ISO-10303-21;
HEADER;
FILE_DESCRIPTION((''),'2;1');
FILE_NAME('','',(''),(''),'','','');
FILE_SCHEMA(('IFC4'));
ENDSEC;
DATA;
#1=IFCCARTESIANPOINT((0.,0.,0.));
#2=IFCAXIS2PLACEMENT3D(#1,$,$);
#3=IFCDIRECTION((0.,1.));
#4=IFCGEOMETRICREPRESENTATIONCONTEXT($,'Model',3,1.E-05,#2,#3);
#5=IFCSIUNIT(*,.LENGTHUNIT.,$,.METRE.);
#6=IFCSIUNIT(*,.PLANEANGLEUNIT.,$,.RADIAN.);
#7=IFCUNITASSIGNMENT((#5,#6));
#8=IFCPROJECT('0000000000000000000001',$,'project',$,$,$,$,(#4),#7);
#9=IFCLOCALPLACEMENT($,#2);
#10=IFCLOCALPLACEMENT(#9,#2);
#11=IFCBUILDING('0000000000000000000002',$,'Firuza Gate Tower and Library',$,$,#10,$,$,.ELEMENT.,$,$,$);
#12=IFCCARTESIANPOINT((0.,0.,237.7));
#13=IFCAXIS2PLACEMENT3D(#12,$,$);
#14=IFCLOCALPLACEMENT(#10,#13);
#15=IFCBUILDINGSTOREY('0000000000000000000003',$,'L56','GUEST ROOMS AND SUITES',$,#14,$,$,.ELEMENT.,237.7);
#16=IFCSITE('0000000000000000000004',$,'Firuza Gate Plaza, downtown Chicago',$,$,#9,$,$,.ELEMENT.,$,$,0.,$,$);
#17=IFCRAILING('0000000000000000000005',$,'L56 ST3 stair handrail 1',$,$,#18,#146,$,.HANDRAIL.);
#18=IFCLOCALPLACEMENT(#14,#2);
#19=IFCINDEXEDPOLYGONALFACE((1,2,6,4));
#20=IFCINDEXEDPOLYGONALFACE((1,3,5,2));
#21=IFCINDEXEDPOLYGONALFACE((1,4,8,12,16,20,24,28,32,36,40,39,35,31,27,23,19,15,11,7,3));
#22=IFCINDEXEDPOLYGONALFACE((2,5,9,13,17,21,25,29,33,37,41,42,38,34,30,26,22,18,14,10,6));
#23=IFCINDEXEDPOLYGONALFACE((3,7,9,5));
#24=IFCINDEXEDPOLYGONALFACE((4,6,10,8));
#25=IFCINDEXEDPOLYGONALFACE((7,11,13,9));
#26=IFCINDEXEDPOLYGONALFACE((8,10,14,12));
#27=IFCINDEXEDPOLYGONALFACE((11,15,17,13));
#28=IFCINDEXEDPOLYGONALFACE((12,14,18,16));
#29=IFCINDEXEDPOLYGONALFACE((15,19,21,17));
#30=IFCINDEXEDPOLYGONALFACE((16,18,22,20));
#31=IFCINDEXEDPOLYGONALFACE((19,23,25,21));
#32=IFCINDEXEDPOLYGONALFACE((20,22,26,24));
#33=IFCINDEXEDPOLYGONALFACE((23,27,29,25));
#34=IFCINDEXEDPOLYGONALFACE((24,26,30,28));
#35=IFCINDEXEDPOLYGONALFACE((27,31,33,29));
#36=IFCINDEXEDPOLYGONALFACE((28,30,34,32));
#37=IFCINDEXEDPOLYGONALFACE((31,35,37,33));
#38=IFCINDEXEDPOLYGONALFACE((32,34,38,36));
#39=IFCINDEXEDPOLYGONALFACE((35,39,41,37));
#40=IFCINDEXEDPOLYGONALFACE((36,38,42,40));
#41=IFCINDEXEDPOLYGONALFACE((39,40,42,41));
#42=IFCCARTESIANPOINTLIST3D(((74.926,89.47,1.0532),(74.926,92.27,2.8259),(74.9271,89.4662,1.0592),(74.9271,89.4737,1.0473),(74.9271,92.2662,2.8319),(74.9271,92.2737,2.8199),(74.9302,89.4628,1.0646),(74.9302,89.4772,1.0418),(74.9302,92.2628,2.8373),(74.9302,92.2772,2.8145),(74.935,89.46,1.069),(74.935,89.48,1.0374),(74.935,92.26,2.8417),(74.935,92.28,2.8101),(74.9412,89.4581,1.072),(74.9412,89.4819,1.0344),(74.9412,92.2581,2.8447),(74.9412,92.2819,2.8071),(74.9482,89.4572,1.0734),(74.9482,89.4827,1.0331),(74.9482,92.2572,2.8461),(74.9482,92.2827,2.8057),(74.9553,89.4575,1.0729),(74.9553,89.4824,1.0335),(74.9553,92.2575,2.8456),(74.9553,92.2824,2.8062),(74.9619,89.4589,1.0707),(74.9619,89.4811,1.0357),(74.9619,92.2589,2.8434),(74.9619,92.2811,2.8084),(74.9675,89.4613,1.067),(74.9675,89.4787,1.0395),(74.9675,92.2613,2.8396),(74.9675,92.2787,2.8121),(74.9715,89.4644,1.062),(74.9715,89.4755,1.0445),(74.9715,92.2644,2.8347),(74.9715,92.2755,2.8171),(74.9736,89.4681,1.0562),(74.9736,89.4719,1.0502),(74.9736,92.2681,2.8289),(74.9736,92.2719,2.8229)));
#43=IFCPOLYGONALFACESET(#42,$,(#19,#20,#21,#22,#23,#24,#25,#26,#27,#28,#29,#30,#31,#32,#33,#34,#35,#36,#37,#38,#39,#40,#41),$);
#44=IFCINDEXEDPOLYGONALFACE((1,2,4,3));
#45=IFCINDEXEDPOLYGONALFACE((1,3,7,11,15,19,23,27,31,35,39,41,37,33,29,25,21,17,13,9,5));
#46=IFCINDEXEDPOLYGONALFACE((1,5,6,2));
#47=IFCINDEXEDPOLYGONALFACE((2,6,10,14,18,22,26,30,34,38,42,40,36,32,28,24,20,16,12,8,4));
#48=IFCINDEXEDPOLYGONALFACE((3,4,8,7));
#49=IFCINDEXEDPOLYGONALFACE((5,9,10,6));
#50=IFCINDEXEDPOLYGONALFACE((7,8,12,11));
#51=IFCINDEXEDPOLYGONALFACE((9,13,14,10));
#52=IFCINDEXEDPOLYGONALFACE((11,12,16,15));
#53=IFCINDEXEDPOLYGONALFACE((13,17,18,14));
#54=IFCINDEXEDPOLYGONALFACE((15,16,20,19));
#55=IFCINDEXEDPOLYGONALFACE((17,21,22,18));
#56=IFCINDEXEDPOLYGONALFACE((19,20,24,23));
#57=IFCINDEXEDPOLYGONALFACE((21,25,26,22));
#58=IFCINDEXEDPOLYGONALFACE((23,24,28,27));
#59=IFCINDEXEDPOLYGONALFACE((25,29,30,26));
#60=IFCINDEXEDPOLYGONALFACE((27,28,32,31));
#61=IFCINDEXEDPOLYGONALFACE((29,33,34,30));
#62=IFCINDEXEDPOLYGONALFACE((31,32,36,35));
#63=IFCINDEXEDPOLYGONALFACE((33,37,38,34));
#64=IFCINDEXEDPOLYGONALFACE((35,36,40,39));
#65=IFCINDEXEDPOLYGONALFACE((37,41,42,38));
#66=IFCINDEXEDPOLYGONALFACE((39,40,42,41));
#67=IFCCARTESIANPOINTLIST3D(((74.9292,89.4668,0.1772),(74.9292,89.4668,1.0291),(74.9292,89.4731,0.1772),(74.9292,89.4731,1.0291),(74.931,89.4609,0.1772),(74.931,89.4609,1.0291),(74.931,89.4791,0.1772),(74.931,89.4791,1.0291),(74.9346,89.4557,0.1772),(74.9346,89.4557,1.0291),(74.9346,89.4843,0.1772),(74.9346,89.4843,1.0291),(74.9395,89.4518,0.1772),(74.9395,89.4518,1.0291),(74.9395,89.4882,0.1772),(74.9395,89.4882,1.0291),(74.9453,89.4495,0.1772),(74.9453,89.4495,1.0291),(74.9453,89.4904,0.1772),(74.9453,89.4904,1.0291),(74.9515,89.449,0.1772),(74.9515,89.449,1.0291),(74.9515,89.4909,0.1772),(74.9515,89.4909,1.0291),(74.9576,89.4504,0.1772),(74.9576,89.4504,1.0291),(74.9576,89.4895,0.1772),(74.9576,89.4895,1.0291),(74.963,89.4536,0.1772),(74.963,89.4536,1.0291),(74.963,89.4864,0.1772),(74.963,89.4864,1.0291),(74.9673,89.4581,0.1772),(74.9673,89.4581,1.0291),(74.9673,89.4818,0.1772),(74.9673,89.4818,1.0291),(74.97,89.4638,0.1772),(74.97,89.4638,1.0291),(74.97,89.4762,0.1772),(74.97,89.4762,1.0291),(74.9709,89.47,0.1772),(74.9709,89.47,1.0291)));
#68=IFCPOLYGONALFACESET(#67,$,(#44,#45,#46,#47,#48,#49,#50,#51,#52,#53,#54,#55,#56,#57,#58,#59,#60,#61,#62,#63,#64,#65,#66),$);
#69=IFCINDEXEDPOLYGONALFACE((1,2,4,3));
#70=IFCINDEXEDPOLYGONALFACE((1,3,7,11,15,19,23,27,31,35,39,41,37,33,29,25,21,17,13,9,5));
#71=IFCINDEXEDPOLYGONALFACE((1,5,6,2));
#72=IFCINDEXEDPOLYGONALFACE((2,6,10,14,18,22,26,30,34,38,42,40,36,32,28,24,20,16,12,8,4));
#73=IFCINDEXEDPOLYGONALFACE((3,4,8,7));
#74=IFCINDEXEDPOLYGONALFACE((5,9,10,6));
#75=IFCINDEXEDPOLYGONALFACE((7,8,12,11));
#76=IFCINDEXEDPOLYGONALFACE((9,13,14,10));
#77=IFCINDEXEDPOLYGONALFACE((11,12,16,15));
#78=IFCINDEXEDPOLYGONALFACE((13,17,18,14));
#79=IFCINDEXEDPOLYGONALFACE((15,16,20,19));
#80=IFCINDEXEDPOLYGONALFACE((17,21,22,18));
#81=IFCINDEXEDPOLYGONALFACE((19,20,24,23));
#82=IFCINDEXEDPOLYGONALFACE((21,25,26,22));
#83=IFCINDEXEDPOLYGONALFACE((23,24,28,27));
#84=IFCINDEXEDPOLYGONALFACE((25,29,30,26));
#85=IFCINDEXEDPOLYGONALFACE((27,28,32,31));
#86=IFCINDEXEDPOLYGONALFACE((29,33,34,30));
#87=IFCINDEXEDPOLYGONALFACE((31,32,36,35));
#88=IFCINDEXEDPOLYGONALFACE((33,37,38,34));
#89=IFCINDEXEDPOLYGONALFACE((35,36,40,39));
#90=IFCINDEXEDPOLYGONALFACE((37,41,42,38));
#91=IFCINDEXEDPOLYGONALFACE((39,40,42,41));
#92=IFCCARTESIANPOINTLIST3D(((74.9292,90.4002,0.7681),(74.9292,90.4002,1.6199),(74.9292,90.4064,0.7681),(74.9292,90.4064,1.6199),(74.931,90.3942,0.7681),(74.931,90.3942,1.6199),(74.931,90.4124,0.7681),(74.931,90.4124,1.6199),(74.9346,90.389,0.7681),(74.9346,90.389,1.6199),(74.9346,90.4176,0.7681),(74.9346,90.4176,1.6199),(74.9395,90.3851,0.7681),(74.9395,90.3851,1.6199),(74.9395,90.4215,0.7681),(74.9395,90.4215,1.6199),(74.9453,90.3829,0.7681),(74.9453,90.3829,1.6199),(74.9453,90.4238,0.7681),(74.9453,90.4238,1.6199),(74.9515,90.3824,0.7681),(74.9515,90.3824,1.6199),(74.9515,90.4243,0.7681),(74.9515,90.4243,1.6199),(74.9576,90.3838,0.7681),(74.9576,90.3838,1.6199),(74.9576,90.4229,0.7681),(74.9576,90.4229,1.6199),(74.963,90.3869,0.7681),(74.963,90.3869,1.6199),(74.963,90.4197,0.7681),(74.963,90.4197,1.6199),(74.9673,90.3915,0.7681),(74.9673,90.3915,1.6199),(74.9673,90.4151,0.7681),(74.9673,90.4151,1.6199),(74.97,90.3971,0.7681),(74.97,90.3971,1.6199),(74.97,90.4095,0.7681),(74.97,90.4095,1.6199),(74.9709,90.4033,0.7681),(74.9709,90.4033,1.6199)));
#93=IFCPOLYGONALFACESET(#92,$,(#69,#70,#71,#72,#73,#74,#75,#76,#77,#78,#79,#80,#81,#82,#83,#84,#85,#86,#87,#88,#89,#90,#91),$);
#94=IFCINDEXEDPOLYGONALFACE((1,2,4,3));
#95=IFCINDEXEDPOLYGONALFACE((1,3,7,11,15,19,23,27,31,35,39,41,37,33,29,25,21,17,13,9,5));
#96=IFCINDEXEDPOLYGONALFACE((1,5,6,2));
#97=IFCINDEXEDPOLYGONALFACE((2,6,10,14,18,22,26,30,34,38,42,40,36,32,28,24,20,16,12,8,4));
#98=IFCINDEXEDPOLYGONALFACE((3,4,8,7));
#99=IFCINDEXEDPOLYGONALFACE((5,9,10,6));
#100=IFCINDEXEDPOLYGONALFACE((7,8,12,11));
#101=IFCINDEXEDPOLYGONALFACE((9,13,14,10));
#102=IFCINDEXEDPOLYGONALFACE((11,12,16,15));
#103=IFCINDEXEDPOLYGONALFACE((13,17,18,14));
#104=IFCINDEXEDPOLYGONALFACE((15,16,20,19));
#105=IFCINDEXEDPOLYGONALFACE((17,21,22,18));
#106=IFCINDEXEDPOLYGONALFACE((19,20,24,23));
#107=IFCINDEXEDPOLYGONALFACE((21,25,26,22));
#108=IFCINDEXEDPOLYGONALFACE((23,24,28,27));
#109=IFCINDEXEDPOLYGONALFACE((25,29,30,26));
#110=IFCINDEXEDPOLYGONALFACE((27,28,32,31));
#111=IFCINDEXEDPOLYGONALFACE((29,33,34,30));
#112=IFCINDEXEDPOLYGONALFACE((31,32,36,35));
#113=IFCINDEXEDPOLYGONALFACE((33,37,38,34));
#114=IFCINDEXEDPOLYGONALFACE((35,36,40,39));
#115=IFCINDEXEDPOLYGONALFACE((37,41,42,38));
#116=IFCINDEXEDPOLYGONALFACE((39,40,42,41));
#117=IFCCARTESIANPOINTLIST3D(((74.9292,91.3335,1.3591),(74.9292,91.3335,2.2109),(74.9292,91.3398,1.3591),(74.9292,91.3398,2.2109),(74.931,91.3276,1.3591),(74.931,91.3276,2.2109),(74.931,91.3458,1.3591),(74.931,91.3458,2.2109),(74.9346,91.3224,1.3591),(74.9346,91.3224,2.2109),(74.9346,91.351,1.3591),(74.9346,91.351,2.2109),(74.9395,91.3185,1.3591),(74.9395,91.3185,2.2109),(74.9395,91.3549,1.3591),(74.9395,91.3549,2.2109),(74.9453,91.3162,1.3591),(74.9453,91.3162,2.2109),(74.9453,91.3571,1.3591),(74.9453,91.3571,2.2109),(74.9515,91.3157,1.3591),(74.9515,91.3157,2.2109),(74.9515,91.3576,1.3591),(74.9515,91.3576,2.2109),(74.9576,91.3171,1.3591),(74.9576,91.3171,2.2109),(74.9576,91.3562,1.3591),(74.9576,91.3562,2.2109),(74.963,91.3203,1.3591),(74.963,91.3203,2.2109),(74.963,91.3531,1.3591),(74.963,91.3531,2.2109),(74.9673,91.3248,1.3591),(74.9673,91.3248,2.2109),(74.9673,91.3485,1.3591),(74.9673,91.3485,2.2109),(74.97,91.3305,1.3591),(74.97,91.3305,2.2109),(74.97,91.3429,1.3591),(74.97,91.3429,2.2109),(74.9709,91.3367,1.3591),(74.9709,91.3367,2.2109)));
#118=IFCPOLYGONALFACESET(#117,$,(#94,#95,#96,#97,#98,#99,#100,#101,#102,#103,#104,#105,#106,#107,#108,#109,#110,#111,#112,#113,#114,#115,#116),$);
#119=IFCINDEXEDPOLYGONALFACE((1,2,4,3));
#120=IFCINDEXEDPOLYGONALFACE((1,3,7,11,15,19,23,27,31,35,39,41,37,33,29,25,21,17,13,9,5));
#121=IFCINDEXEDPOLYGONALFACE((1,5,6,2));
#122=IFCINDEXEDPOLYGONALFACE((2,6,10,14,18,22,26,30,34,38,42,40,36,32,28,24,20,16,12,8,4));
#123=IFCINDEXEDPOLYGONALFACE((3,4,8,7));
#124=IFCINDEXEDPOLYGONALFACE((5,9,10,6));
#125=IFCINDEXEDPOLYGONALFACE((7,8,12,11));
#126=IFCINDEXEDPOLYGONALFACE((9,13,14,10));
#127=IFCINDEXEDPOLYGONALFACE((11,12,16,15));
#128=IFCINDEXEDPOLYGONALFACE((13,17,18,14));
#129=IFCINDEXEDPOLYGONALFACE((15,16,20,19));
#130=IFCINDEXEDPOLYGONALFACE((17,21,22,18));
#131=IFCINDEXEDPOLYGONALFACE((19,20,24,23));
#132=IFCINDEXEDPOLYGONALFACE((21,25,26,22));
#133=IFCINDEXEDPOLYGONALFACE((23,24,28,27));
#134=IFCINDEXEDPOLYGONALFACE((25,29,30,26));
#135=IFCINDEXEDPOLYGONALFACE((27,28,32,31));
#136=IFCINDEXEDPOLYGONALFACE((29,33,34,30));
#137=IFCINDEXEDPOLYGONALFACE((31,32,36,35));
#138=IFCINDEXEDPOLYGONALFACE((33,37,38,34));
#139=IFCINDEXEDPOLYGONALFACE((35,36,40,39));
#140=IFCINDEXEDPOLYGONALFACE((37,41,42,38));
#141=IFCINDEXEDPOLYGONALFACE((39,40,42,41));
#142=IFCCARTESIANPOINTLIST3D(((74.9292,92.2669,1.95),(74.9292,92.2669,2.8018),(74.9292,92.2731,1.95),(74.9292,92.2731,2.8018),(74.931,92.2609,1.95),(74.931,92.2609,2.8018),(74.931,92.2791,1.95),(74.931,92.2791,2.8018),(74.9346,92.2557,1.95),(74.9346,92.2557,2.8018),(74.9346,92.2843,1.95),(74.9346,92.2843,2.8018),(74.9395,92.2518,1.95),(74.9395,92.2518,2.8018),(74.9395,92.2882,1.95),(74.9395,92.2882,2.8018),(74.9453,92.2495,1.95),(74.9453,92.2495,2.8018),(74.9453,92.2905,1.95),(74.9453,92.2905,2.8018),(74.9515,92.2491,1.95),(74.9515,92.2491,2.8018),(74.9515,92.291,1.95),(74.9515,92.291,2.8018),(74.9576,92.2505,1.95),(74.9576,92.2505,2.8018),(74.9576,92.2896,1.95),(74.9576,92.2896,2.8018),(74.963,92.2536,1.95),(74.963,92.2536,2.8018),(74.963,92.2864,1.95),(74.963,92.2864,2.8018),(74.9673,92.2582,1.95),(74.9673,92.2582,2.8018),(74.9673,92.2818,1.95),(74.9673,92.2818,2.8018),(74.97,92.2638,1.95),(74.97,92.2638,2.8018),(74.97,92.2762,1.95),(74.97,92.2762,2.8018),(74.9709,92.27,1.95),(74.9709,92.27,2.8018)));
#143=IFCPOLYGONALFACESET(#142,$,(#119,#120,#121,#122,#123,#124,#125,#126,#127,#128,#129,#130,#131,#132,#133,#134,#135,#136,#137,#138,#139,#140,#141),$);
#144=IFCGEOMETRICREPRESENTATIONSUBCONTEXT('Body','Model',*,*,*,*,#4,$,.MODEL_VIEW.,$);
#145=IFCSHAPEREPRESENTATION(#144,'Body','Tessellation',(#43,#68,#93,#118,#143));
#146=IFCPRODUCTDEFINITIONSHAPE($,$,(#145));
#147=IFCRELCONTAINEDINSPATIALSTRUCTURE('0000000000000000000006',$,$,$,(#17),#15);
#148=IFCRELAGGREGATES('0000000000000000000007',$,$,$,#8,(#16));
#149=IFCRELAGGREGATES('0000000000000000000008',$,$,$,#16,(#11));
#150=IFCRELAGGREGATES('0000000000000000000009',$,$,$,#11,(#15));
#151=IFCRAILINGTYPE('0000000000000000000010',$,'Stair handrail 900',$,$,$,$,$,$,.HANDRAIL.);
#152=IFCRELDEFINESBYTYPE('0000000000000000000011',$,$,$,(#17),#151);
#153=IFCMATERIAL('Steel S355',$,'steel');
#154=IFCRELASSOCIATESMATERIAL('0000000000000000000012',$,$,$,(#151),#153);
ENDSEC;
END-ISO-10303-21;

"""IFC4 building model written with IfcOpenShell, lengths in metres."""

from ifc_helpers import new_model, si_unit, direction, frame, origin, origin_2d, place, context, subcontext, project, spatial, circle, extrude, material, type_object, element, save


model = new_model("IFC4")

# Units and contexts
model_context = context("Model", 3, precision=1e-05, world=origin(), true_north=direction((0.0, 1.0)))
body_context = subcontext(model_context, "Body", "Model", "MODEL_VIEW")
ifc_project = project(units=[si_unit("LENGTHUNIT", "METRE"), si_unit("PLANEANGLEUNIT", "RADIAN")], contexts=[model_context])

# Site, building, storey
site_placement = place(None, origin())
site = spatial("IfcSite", under=ifc_project, at=site_placement, Name="Firuza Gate Plaza, downtown Chicago", CompositionType="ELEMENT", RefElevation=0.0)
building_placement = place(site_placement, origin())
building = spatial("IfcBuilding", under=site, at=building_placement, Name="Firuza Gate Tower and Library", CompositionType="ELEMENT")
storey_placement = place(building_placement, frame((0.0, 0.0, 237.7)))
storey = spatial("IfcBuildingStorey", under=building, at=storey_placement, Name="L56", Description="GUEST ROOMS AND SUITES", CompositionType="ELEMENT", Elevation=237.7)

# Railing
ifc_material_1 = material(Name="Steel S355", Category="steel")
railing_type_1 = type_object("IfcRailingType", Name="Stair handrail 900", PredefinedType="HANDRAIL", material=ifc_material_1)
railing_1_placement = place(storey_placement, frame((74.95, 89.47, 0.1772)))
element("IfcRailing", 1, at=railing_1_placement, inside=storey, type_object=railing_type_1, Name="L56 ST3 stair handrail 1", PredefinedType="HANDRAIL", context=body_context, shape_type="SweptSolid", body=[
    extrude(circle(Radius=0.0239, at=origin_2d()), frame((0.0, 0.0, 0.876), z_axis=(0.0, 0.844909, 0.53491), x_axis=(-1.0, 0.0, 0.0)), (0.0, 0.0, 1.0), 3.314),
    extrude(circle(Radius=0.021, at=origin_2d()), origin(), (0.0, 0.0, 1.0), 0.8518),
    extrude(circle(Radius=0.021, at=origin_2d()), frame((0.0, 0.9333, 0.5908)), (0.0, 0.0, 1.0), 0.8518),
    extrude(circle(Radius=0.021, at=origin_2d()), frame((0.0, 1.8667, 1.1819)), (0.0, 0.0, 1.0), 0.8518),
    extrude(circle(Radius=0.021, at=origin_2d()), frame((0.0, 2.8, 1.7727)), (0.0, 0.0, 1.0), 0.8518),
])

save(model, "model.ifc")
